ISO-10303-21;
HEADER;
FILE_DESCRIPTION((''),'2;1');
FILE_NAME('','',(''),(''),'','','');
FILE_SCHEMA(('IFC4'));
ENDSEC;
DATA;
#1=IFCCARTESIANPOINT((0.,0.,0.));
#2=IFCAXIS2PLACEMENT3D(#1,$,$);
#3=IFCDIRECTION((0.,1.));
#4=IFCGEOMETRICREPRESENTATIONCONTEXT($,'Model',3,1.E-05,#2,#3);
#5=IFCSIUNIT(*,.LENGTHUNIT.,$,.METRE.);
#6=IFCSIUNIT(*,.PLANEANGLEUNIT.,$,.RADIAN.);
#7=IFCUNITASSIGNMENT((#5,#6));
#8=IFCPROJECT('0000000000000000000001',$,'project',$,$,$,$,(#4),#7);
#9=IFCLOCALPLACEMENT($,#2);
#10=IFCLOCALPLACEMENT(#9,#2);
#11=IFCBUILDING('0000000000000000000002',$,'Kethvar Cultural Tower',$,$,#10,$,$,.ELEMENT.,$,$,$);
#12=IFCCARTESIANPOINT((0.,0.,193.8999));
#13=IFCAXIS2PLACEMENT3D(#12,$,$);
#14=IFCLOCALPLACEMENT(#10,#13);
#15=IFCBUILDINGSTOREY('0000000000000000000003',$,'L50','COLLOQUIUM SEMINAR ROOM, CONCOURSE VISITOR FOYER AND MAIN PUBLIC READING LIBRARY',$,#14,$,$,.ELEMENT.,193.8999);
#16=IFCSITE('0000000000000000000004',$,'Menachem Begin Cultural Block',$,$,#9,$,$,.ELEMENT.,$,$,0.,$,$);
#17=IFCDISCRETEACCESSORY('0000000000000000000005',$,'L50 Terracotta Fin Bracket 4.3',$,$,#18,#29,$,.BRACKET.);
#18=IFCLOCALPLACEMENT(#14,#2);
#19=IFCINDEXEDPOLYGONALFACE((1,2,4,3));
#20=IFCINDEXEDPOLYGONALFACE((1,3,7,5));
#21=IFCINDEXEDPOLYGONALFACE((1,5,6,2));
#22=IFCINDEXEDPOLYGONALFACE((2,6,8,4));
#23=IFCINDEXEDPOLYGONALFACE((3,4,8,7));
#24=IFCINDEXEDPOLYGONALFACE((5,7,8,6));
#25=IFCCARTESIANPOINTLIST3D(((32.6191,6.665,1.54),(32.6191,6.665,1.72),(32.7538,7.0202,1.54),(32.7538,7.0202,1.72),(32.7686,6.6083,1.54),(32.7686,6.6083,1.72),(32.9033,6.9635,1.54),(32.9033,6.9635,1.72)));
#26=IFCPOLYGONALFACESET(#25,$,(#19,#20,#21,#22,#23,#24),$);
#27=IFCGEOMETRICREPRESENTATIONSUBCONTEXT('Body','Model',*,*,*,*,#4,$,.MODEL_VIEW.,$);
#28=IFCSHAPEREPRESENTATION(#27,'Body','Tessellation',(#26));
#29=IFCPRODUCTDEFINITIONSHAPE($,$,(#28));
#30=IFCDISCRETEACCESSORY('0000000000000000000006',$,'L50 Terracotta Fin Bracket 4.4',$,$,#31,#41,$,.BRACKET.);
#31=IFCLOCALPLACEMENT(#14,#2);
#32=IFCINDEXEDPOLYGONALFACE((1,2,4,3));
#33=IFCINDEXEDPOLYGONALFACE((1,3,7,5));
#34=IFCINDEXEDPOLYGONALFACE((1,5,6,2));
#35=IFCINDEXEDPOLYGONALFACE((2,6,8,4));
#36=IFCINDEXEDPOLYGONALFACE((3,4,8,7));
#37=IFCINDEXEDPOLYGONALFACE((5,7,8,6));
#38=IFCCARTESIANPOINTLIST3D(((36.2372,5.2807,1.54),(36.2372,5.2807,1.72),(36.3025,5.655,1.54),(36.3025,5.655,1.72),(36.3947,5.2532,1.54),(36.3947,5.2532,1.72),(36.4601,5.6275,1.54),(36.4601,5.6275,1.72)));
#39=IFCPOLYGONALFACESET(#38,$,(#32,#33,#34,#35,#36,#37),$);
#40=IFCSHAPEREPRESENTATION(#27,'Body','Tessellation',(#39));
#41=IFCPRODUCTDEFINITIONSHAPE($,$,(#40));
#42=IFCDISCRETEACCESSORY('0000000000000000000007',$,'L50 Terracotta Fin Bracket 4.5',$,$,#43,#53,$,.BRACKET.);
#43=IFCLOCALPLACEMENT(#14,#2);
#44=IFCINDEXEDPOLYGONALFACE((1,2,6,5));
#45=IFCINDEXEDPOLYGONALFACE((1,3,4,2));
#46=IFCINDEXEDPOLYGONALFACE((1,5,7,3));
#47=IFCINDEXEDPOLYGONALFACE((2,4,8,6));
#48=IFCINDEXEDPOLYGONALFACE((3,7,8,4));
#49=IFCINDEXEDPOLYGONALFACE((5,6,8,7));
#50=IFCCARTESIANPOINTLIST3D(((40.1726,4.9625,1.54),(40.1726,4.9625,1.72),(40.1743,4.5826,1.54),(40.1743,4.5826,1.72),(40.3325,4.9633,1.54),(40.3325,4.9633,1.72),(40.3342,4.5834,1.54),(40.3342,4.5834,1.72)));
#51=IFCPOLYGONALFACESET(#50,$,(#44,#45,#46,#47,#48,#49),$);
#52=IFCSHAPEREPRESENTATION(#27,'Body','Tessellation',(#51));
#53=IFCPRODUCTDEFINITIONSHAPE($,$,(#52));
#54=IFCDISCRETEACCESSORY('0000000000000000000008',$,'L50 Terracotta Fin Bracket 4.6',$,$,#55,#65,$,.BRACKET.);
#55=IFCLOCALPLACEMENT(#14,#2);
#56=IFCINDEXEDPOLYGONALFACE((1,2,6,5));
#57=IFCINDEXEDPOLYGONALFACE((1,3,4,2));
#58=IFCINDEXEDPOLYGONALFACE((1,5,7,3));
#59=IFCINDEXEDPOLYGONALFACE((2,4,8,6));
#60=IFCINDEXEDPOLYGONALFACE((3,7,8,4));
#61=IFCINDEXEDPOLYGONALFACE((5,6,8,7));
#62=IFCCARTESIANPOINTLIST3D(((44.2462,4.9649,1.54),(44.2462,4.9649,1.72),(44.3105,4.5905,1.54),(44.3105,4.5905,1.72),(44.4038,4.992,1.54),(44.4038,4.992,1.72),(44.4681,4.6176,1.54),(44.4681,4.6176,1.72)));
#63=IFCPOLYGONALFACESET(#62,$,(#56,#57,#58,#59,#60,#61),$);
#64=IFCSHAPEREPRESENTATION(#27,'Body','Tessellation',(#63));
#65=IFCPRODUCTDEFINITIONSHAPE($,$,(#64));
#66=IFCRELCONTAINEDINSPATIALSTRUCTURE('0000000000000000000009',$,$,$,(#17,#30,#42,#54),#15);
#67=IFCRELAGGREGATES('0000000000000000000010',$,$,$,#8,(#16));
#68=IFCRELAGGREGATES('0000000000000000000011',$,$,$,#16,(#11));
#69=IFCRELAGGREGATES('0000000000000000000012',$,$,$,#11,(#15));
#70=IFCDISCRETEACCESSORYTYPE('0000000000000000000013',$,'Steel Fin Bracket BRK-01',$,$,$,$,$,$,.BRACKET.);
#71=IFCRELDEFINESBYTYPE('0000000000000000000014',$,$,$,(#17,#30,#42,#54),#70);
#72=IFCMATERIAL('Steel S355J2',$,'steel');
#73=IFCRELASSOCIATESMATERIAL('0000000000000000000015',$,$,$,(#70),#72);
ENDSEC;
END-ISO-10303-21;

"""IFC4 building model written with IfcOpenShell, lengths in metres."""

from ifc_helpers import new_model, si_unit, direction, frame, origin, origin_2d, place, context, subcontext, project, spatial, rectangle, extrude, source, transform, mapped, material, type_object, element, save


model = new_model("IFC4")

# Units and contexts
model_context = context("Model", 3, precision=1e-05, world=origin(), true_north=direction((0.0, 1.0)))
body_context = subcontext(model_context, "Body", "Model", "MODEL_VIEW")
ifc_project = project(units=[si_unit("LENGTHUNIT", "METRE"), si_unit("PLANEANGLEUNIT", "RADIAN")], contexts=[model_context])

# Site, building, storey
site_placement = place(None, origin())
site = spatial("IfcSite", under=ifc_project, at=site_placement, Name="Menachem Begin Cultural Block", CompositionType="ELEMENT", RefElevation=0.0)
building_placement = place(site_placement, origin())
building = spatial("IfcBuilding", under=site, at=building_placement, Name="Kethvar Cultural Tower", CompositionType="ELEMENT")
storey_placement = place(building_placement, frame((0.0, 0.0, 193.8999)))
storey = spatial("IfcBuildingStorey", under=building, at=storey_placement, Name="L50", Description="COLLOQUIUM SEMINAR ROOM, CONCOURSE VISITOR FOYER AND MAIN PUBLIC READING LIBRARY", CompositionType="ELEMENT", Elevation=193.8999)

# Shared definitions
ifc_material_1 = material(Name="Steel S355J2", Category="steel")

# Discrete accessories
discrete_accessory_type = type_object("IfcDiscreteAccessoryType", Name="Steel Fin Bracket BRK-01", PredefinedType="BRACKET", material=ifc_material_1)
shared_shape_1 = source(origin(), body_context, "Body", "SweptSolid", [
    extrude(rectangle(XDim=0.3799, YDim=0.1599, at=origin_2d()), origin(), (0.0, 0.0, 1.0), 0.1799),
])
for number, where, z_axis, x_axis, name in (
    (1, (32.7612, 6.8142, 1.54), (0.0, 0.0, 1.0), (-0.354617, -0.935011, 0.0), "L50 Terracotta Fin Bracket 4.3"),
    (2, (36.3486, 5.4541, 1.54), (0.0, 0.0, 1.0), (-0.171929, -0.985109, 0.0), "L50 Terracotta Fin Bracket 4.4"),
    (3, (40.2534, 4.7729, 1.54), (0.0, 0.0, 1.0), (0.004538, -0.99999, 0.0), "L50 Terracotta Fin Bracket 4.5"),
    (4, (44.3572, 4.7913, 1.54), (0.0, 0.0, 1.0), (0.169177, -0.985586, 0.0), "L50 Terracotta Fin Bracket 4.6"),
):
    element("IfcDiscreteAccessory", number, at=place(storey_placement, frame(where, z_axis=z_axis, x_axis=x_axis)), inside=storey, type_object=discrete_accessory_type, Name=name, PredefinedType="BRACKET", context=body_context, shape_type="MappedRepresentation", body=[
        mapped(shared_shape_1, transform((0.0, 0.0, 0.0), scale=1.0)),
    ])

save(model, "model.ifc")
